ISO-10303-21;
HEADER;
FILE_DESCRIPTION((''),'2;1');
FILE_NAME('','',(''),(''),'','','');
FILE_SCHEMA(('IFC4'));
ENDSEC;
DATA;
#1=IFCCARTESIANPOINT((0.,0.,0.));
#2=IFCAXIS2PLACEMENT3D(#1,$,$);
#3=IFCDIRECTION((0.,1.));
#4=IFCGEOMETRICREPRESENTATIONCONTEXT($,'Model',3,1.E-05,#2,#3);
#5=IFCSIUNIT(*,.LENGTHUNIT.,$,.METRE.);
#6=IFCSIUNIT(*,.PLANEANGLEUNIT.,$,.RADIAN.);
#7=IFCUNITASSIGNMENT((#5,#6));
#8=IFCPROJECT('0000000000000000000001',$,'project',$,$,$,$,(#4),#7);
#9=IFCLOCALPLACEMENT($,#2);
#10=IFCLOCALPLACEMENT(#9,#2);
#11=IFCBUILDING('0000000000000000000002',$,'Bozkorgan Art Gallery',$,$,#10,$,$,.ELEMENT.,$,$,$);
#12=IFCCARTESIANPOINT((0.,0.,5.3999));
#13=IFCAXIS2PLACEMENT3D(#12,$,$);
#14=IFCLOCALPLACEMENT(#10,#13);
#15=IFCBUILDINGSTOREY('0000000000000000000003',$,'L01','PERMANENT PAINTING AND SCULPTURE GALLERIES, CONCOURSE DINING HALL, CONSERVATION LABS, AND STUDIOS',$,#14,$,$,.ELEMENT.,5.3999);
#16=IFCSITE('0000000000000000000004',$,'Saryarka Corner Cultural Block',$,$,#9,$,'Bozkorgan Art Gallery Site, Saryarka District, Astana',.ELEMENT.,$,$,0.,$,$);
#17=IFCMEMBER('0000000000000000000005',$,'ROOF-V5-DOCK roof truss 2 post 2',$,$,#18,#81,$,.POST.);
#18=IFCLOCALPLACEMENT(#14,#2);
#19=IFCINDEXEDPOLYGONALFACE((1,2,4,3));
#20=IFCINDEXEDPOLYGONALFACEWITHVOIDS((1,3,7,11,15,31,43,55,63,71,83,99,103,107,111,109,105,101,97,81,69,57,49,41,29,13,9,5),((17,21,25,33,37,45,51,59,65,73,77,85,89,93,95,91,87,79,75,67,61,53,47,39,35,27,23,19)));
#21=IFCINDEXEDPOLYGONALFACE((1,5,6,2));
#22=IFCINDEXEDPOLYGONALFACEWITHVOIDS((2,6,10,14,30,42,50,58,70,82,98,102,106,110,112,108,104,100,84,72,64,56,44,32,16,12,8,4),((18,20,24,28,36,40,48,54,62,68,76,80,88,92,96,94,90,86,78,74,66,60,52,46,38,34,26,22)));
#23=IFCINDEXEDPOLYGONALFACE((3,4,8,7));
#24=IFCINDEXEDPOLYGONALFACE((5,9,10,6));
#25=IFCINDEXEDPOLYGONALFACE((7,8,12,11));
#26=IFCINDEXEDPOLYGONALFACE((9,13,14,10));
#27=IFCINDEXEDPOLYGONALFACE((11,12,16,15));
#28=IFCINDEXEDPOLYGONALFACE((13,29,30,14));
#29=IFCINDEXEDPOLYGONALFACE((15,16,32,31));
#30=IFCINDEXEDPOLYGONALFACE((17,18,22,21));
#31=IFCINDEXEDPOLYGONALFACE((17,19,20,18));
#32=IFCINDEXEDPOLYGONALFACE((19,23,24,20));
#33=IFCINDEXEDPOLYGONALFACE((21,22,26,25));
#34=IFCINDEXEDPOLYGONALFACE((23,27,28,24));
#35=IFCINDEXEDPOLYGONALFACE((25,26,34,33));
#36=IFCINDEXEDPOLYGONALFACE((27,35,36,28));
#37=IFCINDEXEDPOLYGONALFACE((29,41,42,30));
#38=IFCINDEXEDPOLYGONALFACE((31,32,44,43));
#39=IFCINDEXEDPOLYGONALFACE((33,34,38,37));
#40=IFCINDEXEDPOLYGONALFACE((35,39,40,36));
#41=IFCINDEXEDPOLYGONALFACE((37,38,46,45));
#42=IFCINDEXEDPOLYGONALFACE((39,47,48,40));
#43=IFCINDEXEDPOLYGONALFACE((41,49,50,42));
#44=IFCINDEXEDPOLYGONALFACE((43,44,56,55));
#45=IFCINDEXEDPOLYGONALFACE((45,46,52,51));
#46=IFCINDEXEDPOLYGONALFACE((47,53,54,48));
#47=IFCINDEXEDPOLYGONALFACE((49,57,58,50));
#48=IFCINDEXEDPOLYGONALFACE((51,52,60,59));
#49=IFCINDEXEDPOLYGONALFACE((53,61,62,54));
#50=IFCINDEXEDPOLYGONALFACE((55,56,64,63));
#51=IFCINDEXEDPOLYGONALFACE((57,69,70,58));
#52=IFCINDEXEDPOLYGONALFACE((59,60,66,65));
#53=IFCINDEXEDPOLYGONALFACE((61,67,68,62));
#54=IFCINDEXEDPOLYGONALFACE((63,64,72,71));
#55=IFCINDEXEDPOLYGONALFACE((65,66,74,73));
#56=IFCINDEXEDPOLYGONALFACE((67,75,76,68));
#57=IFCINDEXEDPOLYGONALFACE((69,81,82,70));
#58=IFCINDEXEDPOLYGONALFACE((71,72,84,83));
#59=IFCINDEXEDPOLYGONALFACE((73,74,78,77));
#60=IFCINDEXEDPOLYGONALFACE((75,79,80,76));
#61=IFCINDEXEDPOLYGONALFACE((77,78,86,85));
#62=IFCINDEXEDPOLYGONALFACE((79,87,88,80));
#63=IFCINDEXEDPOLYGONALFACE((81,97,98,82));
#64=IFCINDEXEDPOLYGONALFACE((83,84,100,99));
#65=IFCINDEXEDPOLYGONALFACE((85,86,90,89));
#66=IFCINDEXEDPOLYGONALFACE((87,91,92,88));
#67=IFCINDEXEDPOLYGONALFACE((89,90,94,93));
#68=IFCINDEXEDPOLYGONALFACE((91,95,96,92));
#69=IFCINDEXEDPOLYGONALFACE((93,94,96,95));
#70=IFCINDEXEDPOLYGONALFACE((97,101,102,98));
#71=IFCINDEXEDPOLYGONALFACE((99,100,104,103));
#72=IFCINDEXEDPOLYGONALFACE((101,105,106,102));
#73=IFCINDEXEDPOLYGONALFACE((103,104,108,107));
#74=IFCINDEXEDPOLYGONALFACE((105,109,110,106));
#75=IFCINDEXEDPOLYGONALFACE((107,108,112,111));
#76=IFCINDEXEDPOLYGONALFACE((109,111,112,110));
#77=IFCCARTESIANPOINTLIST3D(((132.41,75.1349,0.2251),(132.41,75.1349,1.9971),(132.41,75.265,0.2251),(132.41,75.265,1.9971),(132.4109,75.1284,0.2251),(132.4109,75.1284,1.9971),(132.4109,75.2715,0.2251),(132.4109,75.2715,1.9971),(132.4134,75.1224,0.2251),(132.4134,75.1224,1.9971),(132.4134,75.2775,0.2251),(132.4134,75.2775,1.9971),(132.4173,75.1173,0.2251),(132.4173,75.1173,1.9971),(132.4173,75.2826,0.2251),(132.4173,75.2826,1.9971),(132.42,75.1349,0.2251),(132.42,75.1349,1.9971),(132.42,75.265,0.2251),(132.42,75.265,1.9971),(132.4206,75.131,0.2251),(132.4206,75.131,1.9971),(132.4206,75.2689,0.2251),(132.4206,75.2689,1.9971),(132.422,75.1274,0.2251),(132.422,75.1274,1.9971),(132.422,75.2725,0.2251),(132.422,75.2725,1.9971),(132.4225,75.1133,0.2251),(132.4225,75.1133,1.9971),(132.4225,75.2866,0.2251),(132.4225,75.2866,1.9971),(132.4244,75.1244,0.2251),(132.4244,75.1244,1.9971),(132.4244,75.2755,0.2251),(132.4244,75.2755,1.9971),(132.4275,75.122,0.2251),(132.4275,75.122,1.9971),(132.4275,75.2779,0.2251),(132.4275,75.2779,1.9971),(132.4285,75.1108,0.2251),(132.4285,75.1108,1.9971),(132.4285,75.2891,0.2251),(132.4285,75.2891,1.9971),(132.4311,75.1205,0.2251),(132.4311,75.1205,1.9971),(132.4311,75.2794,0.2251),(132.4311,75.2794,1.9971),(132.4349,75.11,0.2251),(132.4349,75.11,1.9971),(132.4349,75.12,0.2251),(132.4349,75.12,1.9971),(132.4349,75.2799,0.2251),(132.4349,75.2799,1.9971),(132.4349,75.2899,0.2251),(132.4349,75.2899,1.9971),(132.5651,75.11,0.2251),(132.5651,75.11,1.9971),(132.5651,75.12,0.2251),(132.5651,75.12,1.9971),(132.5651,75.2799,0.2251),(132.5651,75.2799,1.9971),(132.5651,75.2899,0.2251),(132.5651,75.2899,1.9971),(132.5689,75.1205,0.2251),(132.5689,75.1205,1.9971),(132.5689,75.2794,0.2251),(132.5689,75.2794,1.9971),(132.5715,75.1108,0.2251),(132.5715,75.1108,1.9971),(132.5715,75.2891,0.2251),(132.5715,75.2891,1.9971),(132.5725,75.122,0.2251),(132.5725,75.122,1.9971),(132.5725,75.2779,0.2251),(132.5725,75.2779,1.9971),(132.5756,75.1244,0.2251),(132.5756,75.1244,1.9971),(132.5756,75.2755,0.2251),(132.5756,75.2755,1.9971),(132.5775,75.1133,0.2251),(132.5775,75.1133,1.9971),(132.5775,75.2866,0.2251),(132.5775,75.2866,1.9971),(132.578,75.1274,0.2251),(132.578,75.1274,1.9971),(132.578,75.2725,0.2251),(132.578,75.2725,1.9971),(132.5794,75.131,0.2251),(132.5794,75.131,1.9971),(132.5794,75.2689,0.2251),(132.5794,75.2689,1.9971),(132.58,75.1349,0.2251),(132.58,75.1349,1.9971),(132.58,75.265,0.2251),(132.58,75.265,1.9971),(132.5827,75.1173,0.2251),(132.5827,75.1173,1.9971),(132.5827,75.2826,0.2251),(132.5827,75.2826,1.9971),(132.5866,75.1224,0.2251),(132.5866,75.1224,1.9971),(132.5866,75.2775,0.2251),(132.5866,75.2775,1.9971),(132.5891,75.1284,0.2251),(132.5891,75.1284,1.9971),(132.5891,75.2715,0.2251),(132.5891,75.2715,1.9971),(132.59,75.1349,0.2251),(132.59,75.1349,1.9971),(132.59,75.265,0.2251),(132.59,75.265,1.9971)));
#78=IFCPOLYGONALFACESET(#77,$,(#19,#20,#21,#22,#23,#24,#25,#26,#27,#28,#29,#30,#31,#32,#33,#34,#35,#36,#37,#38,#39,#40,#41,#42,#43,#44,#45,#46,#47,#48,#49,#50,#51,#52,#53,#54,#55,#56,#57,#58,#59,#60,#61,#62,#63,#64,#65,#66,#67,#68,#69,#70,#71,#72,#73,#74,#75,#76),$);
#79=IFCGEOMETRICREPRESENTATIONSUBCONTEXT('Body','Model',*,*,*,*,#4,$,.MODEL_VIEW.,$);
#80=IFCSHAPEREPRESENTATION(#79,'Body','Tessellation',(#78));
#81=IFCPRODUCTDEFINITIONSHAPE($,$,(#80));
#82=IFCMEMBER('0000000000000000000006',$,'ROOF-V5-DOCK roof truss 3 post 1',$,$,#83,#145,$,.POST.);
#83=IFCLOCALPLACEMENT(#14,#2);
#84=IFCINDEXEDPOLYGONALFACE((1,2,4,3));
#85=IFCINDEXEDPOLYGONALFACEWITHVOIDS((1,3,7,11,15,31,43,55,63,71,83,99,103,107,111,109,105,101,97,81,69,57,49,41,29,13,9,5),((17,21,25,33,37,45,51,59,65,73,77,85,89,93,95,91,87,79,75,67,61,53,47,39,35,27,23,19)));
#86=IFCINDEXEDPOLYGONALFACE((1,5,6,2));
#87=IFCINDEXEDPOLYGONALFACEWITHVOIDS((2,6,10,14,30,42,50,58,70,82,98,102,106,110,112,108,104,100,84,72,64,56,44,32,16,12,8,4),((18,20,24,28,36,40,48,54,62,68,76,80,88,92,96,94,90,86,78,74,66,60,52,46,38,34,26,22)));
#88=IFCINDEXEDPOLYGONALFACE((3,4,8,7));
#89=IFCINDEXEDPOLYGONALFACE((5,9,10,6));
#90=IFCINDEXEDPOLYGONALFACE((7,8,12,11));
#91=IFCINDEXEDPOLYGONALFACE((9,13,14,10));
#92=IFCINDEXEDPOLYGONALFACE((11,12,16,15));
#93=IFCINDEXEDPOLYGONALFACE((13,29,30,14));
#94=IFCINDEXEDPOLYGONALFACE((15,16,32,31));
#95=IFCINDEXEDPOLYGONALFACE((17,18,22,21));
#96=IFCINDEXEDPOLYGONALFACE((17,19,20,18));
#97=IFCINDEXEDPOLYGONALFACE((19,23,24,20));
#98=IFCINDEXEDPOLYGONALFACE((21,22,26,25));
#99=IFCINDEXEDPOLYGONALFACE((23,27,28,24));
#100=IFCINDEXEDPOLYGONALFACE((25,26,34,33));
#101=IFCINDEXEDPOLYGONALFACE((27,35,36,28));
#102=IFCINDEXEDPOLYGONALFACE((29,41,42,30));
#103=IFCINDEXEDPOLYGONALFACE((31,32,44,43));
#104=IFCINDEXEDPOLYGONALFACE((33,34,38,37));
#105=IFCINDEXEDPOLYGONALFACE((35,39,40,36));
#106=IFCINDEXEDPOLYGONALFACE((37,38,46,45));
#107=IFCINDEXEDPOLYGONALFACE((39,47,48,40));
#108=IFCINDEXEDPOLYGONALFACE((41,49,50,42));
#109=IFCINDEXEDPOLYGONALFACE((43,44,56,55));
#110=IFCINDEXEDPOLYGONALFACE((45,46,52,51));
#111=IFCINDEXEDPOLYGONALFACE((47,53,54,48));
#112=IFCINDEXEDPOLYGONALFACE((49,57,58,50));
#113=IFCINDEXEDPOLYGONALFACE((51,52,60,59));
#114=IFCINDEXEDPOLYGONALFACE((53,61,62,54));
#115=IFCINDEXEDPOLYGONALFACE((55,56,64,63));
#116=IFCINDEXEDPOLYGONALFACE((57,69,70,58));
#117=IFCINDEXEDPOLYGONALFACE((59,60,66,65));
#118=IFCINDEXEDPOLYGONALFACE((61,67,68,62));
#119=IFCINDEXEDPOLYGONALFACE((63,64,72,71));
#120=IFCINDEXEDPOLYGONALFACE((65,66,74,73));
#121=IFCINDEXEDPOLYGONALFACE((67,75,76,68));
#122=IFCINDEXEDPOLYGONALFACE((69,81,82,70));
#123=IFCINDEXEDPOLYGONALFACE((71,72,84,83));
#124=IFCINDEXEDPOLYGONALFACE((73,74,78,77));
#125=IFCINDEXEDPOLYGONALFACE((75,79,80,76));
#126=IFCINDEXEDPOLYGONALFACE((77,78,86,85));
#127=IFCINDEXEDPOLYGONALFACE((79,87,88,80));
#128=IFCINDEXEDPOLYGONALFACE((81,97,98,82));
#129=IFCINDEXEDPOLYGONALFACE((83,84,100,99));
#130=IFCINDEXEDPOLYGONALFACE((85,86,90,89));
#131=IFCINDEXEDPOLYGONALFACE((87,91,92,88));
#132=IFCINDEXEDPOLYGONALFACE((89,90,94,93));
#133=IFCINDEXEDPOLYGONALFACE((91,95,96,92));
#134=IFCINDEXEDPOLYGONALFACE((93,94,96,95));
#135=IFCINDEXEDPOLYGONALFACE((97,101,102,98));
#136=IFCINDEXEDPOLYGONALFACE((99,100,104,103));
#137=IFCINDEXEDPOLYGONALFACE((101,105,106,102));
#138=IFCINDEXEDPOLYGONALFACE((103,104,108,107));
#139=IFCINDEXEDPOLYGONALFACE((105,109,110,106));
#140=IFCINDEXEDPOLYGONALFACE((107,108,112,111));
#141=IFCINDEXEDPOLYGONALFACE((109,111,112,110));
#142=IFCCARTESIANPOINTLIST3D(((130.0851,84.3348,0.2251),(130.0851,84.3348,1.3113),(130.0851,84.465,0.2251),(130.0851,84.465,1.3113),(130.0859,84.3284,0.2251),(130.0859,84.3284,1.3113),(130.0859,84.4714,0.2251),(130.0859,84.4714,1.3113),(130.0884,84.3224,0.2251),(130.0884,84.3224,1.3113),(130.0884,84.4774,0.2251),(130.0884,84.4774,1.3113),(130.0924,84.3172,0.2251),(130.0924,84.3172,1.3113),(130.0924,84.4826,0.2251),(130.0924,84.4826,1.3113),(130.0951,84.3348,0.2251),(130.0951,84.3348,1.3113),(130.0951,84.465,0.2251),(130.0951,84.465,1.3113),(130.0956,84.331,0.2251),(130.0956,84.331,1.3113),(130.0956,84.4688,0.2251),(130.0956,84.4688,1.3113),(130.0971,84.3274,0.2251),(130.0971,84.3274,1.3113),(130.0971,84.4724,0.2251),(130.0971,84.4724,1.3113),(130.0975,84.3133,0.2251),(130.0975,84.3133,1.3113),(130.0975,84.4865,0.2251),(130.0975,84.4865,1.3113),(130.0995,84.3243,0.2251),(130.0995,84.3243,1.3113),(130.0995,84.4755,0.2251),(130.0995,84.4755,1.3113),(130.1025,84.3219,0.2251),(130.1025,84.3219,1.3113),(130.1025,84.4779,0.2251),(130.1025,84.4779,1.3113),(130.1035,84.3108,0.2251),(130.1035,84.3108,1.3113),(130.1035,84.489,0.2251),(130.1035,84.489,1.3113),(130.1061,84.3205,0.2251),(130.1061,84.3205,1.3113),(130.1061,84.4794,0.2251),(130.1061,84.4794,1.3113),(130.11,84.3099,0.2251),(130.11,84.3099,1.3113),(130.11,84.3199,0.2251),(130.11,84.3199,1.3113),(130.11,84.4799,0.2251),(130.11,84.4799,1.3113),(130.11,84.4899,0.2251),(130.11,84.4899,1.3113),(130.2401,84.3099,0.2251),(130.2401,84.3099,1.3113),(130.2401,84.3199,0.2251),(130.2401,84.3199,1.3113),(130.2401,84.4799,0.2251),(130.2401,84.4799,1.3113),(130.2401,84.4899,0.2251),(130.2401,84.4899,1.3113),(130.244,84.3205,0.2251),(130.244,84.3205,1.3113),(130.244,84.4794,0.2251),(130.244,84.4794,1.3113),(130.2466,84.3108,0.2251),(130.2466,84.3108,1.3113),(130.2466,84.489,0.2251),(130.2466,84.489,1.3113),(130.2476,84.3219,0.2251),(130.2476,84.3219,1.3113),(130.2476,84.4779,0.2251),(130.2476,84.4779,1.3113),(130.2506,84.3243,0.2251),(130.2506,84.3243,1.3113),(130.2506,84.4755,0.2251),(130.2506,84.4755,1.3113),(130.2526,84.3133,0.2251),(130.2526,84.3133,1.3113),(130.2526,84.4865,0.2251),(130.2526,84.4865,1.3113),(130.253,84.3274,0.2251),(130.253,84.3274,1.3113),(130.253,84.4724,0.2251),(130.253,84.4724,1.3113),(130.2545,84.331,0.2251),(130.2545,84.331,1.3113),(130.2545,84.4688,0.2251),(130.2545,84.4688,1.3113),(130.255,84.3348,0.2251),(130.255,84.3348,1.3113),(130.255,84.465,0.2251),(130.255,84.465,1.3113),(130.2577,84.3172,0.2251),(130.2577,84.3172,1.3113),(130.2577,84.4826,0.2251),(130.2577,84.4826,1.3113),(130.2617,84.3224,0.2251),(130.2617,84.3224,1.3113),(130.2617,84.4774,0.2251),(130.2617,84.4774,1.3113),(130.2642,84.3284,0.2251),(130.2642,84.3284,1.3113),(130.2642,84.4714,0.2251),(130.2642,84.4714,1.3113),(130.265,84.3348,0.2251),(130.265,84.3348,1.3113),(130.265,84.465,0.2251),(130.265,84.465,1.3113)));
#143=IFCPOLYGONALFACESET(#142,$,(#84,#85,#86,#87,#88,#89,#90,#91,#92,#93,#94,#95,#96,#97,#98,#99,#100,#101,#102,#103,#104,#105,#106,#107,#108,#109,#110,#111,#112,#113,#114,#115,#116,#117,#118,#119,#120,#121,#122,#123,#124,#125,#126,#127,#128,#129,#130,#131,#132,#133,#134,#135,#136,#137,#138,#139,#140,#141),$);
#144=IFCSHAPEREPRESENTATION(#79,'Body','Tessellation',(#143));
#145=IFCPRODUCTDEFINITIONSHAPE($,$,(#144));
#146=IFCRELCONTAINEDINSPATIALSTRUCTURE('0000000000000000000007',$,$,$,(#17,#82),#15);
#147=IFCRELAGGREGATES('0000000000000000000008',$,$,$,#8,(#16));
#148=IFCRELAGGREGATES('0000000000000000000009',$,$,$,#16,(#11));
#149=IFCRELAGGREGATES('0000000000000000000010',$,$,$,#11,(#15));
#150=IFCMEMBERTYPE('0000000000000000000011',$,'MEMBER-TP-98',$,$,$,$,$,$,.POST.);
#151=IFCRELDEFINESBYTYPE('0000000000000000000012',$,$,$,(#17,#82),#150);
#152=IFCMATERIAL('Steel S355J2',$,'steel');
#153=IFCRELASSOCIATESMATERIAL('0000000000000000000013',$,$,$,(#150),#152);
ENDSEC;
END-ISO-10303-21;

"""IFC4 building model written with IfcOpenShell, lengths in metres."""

from ifc_helpers import new_model, si_unit, direction, frame, origin, origin_2d, place, context, subcontext, project, spatial, hollow_rectangle, extrude, material, material_profile, profile_set, type_object, element, save


model = new_model("IFC4")

# Units and contexts
model_context = context("Model", 3, precision=1e-05, world=origin(), true_north=direction((0.0, 1.0)))
body_context = subcontext(model_context, "Body", "Model", "MODEL_VIEW")
ifc_project = project(units=[si_unit("LENGTHUNIT", "METRE"), si_unit("PLANEANGLEUNIT", "RADIAN")], contexts=[model_context])

# Site, building, storey
site_placement = place(None, origin())
site = spatial("IfcSite", under=ifc_project, at=site_placement, Name="Saryarka Corner Cultural Block", LongName="Bozkorgan Art Gallery Site, Saryarka District, Astana", CompositionType="ELEMENT", RefElevation=0.0)
building_placement = place(site_placement, origin())
building = spatial("IfcBuilding", under=site, at=building_placement, Name="Bozkorgan Art Gallery", CompositionType="ELEMENT")
storey_placement = place(building_placement, frame((0.0, 0.0, 5.3999)))
storey = spatial("IfcBuildingStorey", under=building, at=storey_placement, Name="L01", Description="PERMANENT PAINTING AND SCULPTURE GALLERIES, CONCOURSE DINING HALL, CONSERVATION LABS, AND STUDIOS", CompositionType="ELEMENT", Elevation=5.3999)

# Members
ifc_material_1 = material(Name="Steel S355J2", Category="steel")
ifc_material_profile_1 = material_profile(ifc_material_1, hollow_rectangle(XDim=0.1799, YDim=0.1799, WallThickness=0.01, InnerFilletRadius=0.0149, OuterFilletRadius=0.0249, at=origin_2d()), Name="SHS 180x180x10")
ifc_profile_set_1 = profile_set([ifc_material_profile_1], Name="Steel S355J2")
member_type_1 = type_object("IfcMemberType", Name="MEMBER-TP-98", PredefinedType="POST", material=ifc_profile_set_1)
member_1_placement = place(storey_placement, frame((132.5, 75.2, 0.2251), z_axis=(0.0, 0.0, 1.0), x_axis=(1.0, 0.0, 0.0)))
element("IfcMember", 1, at=member_1_placement, inside=storey, type_object=member_type_1, Name="ROOF-V5-DOCK roof truss 2 post 2", PredefinedType="POST", context=body_context, shape_type="SweptSolid", body=[
    extrude(hollow_rectangle(XDim=0.1799, YDim=0.1799, WallThickness=0.01, InnerFilletRadius=0.0149, OuterFilletRadius=0.0249, at=origin_2d()), origin(), (0.0, 0.0, 1.0), 1.772),
])
member_2_placement = place(storey_placement, frame((130.175, 84.3999, 0.2251), z_axis=(0.0, 0.0, 1.0), x_axis=(1.0, 0.0, 0.0)))
element("IfcMember", 2, at=member_2_placement, inside=storey, type_object=member_type_1, Name="ROOF-V5-DOCK roof truss 3 post 1", PredefinedType="POST", context=body_context, shape_type="SweptSolid", body=[
    extrude(hollow_rectangle(XDim=0.1799, YDim=0.1799, WallThickness=0.01, InnerFilletRadius=0.0149, OuterFilletRadius=0.0249, at=origin_2d()), origin(), (0.0, 0.0, 1.0), 1.0862),
])

save(model, "model.ifc")
